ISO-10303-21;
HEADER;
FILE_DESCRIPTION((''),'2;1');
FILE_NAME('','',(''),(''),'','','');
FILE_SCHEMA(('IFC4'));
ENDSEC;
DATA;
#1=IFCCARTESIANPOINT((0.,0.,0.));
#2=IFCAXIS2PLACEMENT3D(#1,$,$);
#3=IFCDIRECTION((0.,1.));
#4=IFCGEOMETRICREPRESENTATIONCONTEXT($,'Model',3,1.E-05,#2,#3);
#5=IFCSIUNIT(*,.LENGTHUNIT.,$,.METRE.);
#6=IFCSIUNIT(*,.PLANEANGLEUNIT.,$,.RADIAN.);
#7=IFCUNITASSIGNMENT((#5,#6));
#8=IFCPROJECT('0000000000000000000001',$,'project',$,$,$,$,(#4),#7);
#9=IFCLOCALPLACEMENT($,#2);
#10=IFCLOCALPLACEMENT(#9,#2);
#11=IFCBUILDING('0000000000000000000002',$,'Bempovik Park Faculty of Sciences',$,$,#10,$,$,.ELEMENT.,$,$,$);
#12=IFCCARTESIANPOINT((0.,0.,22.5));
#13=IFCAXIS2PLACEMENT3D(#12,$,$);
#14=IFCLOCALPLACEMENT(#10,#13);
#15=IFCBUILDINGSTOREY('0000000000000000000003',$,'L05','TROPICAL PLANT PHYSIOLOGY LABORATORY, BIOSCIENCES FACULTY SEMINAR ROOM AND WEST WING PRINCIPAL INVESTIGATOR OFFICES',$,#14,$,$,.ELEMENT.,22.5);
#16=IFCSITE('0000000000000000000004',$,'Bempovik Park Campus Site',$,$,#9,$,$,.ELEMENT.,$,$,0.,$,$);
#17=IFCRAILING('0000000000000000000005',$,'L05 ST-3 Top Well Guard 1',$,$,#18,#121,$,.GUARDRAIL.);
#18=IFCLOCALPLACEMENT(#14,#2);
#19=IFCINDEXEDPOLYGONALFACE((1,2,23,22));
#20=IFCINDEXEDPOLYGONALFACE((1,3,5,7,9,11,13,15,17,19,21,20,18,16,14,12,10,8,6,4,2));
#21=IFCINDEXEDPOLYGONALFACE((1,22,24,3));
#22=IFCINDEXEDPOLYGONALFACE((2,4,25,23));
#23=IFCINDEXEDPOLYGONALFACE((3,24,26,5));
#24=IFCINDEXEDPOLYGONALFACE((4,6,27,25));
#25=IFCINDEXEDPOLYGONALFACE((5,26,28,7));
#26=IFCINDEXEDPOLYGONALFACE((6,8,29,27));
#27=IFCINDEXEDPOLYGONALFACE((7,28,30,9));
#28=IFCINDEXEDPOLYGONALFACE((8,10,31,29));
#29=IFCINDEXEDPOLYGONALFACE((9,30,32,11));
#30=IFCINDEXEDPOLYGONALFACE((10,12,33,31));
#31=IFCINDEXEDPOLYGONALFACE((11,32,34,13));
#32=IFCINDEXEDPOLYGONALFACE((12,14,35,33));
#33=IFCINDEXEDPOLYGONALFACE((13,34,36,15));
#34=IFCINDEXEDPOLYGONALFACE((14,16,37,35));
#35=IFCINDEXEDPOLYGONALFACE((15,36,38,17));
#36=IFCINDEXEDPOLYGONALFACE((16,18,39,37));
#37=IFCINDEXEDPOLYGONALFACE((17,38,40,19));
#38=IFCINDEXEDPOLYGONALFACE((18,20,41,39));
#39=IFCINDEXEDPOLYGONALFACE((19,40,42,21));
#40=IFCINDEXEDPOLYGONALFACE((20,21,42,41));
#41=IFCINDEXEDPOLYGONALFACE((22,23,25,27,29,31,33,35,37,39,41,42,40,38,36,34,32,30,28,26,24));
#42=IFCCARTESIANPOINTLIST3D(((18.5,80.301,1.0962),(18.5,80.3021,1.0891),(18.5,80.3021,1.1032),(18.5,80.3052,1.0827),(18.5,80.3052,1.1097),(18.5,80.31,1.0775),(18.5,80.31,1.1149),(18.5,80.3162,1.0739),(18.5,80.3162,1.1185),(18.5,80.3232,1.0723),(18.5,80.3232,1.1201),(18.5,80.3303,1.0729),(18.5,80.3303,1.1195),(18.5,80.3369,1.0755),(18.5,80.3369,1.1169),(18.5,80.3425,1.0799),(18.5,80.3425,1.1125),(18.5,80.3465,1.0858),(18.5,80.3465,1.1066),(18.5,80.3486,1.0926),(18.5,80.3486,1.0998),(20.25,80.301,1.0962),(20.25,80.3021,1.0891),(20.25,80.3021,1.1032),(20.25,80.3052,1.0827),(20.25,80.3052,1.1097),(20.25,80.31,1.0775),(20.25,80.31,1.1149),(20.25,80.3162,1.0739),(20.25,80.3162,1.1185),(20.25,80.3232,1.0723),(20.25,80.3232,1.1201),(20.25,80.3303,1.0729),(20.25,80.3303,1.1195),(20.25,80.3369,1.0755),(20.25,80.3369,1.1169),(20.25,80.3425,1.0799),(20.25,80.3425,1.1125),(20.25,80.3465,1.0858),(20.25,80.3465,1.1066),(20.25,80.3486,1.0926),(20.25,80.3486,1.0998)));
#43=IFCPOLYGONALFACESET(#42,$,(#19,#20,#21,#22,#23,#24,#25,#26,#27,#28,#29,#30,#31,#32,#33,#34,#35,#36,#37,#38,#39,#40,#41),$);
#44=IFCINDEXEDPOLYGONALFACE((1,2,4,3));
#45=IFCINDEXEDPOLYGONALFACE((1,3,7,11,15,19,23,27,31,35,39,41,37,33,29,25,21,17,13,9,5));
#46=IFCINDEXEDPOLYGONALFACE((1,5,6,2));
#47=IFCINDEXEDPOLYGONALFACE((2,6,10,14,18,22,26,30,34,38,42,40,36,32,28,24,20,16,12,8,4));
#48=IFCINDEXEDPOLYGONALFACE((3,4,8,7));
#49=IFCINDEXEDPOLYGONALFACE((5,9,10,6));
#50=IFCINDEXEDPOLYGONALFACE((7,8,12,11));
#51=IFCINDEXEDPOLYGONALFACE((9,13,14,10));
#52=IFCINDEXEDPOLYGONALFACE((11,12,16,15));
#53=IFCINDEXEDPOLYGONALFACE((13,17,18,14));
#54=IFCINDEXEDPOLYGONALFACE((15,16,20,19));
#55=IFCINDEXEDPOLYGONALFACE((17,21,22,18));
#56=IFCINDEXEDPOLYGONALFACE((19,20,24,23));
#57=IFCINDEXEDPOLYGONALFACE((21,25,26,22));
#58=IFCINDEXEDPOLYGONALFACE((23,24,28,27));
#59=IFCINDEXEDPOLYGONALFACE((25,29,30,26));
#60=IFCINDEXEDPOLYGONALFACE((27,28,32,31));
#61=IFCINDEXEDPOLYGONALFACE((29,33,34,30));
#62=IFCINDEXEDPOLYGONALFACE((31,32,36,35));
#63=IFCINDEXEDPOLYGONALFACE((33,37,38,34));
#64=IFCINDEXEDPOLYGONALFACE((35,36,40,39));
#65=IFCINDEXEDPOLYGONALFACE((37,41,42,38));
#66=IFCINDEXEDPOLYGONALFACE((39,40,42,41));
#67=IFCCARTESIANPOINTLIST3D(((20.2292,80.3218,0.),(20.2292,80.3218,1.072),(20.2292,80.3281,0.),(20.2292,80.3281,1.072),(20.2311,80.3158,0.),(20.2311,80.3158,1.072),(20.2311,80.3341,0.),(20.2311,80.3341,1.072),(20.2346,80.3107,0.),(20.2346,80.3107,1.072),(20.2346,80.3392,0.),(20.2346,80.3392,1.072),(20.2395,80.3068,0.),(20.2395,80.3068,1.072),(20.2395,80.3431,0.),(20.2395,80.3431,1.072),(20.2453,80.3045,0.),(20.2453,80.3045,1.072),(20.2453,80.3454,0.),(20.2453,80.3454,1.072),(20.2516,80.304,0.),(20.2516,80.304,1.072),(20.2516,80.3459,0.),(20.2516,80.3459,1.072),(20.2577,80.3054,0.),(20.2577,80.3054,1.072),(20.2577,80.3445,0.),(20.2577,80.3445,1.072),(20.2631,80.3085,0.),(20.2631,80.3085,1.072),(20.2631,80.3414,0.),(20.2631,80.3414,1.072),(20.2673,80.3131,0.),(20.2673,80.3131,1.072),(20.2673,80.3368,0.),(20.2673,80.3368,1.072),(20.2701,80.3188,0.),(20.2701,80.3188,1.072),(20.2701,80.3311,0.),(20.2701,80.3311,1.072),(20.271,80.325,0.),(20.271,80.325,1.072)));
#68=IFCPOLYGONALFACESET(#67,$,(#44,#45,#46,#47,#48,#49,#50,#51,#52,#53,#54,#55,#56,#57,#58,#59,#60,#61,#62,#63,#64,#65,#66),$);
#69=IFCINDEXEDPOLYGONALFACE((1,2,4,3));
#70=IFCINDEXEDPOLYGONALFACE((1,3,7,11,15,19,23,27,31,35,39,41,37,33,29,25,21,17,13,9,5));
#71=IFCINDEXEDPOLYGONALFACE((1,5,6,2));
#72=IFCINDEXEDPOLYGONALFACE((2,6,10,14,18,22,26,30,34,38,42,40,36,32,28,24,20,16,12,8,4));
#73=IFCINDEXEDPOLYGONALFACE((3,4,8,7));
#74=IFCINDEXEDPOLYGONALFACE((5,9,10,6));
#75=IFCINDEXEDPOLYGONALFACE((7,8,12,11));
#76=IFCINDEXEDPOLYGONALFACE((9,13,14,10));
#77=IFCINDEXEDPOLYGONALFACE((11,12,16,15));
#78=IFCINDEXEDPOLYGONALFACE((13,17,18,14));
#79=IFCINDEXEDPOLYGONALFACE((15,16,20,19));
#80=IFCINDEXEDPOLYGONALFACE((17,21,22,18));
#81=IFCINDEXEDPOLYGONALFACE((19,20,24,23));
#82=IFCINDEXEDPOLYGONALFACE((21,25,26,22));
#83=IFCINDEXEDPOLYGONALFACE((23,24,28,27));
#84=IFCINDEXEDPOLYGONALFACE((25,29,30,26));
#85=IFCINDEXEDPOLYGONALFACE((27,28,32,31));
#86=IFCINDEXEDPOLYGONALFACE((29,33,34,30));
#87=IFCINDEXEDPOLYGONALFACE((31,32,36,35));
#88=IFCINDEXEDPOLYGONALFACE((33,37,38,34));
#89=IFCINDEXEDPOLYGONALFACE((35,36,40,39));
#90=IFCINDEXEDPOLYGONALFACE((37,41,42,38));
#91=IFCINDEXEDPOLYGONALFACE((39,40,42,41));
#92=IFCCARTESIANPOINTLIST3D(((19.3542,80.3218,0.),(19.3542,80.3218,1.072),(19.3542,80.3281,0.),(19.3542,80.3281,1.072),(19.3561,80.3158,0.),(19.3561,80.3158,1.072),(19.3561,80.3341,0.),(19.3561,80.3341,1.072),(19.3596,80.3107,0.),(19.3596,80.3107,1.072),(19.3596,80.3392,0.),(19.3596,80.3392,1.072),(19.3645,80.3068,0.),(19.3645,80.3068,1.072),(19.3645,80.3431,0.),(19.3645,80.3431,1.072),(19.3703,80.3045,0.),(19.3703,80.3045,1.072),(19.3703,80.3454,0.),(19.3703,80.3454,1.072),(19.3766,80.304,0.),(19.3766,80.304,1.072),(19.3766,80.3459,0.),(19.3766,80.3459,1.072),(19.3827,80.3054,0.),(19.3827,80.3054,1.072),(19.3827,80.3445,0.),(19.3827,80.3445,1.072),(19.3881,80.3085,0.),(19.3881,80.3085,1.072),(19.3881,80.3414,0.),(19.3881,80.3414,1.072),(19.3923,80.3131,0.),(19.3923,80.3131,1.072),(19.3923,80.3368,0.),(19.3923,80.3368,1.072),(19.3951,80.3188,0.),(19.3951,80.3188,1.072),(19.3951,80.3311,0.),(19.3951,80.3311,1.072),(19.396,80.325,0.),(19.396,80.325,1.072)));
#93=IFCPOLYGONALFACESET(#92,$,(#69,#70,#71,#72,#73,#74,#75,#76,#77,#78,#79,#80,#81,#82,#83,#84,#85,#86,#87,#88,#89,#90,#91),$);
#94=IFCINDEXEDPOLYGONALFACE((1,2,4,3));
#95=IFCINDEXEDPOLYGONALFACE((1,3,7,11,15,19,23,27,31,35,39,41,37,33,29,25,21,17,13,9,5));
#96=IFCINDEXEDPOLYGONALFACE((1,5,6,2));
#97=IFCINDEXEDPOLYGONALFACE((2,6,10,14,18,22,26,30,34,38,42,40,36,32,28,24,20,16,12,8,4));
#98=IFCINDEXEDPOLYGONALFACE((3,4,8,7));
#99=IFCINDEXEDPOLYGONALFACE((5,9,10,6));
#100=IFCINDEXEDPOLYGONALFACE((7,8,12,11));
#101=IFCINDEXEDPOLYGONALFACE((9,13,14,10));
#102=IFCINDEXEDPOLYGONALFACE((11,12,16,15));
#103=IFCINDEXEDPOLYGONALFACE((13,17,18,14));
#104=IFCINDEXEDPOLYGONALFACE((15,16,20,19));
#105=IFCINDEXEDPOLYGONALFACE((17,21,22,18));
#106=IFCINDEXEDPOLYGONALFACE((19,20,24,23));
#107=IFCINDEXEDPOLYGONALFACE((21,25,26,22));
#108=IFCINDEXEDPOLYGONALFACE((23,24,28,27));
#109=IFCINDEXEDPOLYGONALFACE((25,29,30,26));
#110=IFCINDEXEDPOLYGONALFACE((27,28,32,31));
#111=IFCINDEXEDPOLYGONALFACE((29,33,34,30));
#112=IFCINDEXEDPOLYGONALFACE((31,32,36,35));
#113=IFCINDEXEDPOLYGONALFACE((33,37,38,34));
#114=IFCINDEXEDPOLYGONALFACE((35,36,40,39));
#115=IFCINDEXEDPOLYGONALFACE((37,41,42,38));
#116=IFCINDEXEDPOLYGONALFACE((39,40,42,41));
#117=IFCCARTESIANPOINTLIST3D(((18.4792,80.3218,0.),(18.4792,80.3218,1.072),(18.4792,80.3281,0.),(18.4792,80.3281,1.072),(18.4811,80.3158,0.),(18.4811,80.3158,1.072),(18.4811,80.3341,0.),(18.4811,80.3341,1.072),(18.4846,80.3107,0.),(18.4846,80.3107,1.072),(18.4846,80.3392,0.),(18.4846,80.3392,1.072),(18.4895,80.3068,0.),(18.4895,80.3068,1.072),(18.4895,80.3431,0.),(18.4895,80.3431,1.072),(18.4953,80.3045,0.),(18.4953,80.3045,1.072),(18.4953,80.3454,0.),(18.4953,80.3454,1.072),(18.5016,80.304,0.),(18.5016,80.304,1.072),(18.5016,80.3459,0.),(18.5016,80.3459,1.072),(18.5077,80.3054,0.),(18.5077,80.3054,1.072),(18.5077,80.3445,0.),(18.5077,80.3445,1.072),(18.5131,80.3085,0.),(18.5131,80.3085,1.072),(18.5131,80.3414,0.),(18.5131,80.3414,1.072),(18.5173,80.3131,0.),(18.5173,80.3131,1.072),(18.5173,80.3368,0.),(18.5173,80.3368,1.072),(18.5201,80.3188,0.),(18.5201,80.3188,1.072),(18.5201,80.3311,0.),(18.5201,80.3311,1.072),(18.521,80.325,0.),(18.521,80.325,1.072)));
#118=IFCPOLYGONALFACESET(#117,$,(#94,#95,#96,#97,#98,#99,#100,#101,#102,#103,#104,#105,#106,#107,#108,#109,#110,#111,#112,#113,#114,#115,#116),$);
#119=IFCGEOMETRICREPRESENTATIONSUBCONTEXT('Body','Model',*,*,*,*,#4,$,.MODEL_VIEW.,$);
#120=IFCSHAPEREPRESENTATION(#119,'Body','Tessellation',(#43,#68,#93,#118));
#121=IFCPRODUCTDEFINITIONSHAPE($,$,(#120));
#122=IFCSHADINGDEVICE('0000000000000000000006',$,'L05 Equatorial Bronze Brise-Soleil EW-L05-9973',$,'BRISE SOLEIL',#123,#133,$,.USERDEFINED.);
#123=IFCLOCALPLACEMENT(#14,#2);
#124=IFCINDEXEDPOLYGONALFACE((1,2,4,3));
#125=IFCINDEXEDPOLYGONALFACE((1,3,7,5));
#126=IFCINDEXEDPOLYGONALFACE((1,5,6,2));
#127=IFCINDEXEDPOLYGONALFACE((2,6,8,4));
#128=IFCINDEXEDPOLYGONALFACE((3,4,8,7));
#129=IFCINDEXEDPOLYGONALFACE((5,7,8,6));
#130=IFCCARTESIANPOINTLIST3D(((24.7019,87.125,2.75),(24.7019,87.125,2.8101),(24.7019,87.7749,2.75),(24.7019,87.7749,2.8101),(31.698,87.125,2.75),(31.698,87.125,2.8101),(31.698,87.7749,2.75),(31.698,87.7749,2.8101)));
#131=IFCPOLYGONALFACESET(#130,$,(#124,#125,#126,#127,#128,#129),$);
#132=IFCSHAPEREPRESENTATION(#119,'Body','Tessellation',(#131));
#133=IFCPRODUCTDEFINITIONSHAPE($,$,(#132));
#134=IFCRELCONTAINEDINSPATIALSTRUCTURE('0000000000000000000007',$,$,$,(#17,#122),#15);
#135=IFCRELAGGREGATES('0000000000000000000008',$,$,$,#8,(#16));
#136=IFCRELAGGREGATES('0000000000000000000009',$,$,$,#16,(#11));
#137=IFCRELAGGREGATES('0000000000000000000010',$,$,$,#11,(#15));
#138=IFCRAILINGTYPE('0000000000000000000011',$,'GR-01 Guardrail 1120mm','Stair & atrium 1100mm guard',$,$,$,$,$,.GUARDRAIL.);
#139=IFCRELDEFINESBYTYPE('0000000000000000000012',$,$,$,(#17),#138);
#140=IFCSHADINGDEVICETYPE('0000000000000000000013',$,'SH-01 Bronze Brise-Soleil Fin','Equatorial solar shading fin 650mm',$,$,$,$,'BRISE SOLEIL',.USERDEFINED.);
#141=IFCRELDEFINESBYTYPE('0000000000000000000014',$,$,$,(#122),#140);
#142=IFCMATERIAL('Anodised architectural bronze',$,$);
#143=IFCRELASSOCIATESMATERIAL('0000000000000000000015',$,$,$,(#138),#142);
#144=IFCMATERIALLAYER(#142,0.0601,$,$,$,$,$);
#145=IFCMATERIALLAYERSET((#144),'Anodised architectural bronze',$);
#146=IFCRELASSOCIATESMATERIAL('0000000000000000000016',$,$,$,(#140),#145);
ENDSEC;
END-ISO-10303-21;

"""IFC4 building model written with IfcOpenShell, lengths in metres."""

from ifc_helpers import new_model, si_unit, direction, frame, origin, origin_2d, place, context, subcontext, project, spatial, rectangle, circle, extrude, material, layer, layer_set, type_object, element, save


model = new_model("IFC4")

# Units and contexts
model_context = context("Model", 3, precision=1e-05, world=origin(), true_north=direction((0.0, 1.0)))
body_context = subcontext(model_context, "Body", "Model", "MODEL_VIEW")
ifc_project = project(units=[si_unit("LENGTHUNIT", "METRE"), si_unit("PLANEANGLEUNIT", "RADIAN")], contexts=[model_context])

# Site, building, storey
site_placement = place(None, origin())
site = spatial("IfcSite", under=ifc_project, at=site_placement, Name="Bempovik Park Campus Site", CompositionType="ELEMENT", RefElevation=0.0)
building_placement = place(site_placement, origin())
building = spatial("IfcBuilding", under=site, at=building_placement, Name="Bempovik Park Faculty of Sciences", CompositionType="ELEMENT")
storey_placement = place(building_placement, frame((0.0, 0.0, 22.5)))
storey = spatial("IfcBuildingStorey", under=building, at=storey_placement, Name="L05", Description="TROPICAL PLANT PHYSIOLOGY LABORATORY, BIOSCIENCES FACULTY SEMINAR ROOM AND WEST WING PRINCIPAL INVESTIGATOR OFFICES", CompositionType="ELEMENT", Elevation=22.5)

# Railing
ifc_material_1 = material(Name="Anodised architectural bronze")
railing_type = type_object("IfcRailingType", Name="GR-01 Guardrail 1120mm", Description="Stair & atrium 1100mm guard", PredefinedType="GUARDRAIL", material=ifc_material_1)
railing_placement = place(storey_placement, frame((20.25, 80.325, 0.0)))
element("IfcRailing", 1, at=railing_placement, inside=storey, type_object=railing_type, Name="L05 ST-3 Top Well Guard 1", PredefinedType="GUARDRAIL", context=body_context, shape_type="SweptSolid", body=[
    extrude(circle(Radius=0.0239, at=origin_2d()), frame((0.0, 0.0, 1.0962), z_axis=(-1.0, 0.0, 0.0), x_axis=(0.0, -1.0, 0.0)), (0.0, 0.0, 1.0), 1.75),
    extrude(circle(Radius=0.021, at=origin_2d()), origin(), (0.0, 0.0, 1.0), 1.072),
    extrude(circle(Radius=0.021, at=origin_2d()), frame((-0.875, 0.0, 0.0)), (0.0, 0.0, 1.0), 1.072),
    extrude(circle(Radius=0.021, at=origin_2d()), frame((-1.75, 0.0, 0.0)), (0.0, 0.0, 1.0), 1.072),
])

# Shading device
ifc_layer_1 = layer(ifc_material_1, 0.0601)
ifc_layer_set_1 = layer_set([ifc_layer_1], Name="Anodised architectural bronze")
shading_device_type = type_object("IfcShadingDeviceType", Name="SH-01 Bronze Brise-Soleil Fin", Description="Equatorial solar shading fin 650mm", ElementType="BRISE SOLEIL", PredefinedType="USERDEFINED", material=ifc_layer_set_1)
shading_device_placement = place(storey_placement, frame((28.2, 87.45, 2.75), z_axis=(0.0, 0.0, 1.0), x_axis=(1.0, 0.0, 0.0)))
element("IfcShadingDevice", 2, at=shading_device_placement, inside=storey, type_object=shading_device_type, Name="L05 Equatorial Bronze Brise-Soleil EW-L05-9973", ObjectType="BRISE SOLEIL", PredefinedType="USERDEFINED", context=body_context, shape_type="SweptSolid", body=[
    extrude(rectangle(XDim=6.9961, YDim=0.6499, at=origin_2d()), origin(), (0.0, 0.0, 1.0), 0.0601),
])

save(model, "model.ifc")
